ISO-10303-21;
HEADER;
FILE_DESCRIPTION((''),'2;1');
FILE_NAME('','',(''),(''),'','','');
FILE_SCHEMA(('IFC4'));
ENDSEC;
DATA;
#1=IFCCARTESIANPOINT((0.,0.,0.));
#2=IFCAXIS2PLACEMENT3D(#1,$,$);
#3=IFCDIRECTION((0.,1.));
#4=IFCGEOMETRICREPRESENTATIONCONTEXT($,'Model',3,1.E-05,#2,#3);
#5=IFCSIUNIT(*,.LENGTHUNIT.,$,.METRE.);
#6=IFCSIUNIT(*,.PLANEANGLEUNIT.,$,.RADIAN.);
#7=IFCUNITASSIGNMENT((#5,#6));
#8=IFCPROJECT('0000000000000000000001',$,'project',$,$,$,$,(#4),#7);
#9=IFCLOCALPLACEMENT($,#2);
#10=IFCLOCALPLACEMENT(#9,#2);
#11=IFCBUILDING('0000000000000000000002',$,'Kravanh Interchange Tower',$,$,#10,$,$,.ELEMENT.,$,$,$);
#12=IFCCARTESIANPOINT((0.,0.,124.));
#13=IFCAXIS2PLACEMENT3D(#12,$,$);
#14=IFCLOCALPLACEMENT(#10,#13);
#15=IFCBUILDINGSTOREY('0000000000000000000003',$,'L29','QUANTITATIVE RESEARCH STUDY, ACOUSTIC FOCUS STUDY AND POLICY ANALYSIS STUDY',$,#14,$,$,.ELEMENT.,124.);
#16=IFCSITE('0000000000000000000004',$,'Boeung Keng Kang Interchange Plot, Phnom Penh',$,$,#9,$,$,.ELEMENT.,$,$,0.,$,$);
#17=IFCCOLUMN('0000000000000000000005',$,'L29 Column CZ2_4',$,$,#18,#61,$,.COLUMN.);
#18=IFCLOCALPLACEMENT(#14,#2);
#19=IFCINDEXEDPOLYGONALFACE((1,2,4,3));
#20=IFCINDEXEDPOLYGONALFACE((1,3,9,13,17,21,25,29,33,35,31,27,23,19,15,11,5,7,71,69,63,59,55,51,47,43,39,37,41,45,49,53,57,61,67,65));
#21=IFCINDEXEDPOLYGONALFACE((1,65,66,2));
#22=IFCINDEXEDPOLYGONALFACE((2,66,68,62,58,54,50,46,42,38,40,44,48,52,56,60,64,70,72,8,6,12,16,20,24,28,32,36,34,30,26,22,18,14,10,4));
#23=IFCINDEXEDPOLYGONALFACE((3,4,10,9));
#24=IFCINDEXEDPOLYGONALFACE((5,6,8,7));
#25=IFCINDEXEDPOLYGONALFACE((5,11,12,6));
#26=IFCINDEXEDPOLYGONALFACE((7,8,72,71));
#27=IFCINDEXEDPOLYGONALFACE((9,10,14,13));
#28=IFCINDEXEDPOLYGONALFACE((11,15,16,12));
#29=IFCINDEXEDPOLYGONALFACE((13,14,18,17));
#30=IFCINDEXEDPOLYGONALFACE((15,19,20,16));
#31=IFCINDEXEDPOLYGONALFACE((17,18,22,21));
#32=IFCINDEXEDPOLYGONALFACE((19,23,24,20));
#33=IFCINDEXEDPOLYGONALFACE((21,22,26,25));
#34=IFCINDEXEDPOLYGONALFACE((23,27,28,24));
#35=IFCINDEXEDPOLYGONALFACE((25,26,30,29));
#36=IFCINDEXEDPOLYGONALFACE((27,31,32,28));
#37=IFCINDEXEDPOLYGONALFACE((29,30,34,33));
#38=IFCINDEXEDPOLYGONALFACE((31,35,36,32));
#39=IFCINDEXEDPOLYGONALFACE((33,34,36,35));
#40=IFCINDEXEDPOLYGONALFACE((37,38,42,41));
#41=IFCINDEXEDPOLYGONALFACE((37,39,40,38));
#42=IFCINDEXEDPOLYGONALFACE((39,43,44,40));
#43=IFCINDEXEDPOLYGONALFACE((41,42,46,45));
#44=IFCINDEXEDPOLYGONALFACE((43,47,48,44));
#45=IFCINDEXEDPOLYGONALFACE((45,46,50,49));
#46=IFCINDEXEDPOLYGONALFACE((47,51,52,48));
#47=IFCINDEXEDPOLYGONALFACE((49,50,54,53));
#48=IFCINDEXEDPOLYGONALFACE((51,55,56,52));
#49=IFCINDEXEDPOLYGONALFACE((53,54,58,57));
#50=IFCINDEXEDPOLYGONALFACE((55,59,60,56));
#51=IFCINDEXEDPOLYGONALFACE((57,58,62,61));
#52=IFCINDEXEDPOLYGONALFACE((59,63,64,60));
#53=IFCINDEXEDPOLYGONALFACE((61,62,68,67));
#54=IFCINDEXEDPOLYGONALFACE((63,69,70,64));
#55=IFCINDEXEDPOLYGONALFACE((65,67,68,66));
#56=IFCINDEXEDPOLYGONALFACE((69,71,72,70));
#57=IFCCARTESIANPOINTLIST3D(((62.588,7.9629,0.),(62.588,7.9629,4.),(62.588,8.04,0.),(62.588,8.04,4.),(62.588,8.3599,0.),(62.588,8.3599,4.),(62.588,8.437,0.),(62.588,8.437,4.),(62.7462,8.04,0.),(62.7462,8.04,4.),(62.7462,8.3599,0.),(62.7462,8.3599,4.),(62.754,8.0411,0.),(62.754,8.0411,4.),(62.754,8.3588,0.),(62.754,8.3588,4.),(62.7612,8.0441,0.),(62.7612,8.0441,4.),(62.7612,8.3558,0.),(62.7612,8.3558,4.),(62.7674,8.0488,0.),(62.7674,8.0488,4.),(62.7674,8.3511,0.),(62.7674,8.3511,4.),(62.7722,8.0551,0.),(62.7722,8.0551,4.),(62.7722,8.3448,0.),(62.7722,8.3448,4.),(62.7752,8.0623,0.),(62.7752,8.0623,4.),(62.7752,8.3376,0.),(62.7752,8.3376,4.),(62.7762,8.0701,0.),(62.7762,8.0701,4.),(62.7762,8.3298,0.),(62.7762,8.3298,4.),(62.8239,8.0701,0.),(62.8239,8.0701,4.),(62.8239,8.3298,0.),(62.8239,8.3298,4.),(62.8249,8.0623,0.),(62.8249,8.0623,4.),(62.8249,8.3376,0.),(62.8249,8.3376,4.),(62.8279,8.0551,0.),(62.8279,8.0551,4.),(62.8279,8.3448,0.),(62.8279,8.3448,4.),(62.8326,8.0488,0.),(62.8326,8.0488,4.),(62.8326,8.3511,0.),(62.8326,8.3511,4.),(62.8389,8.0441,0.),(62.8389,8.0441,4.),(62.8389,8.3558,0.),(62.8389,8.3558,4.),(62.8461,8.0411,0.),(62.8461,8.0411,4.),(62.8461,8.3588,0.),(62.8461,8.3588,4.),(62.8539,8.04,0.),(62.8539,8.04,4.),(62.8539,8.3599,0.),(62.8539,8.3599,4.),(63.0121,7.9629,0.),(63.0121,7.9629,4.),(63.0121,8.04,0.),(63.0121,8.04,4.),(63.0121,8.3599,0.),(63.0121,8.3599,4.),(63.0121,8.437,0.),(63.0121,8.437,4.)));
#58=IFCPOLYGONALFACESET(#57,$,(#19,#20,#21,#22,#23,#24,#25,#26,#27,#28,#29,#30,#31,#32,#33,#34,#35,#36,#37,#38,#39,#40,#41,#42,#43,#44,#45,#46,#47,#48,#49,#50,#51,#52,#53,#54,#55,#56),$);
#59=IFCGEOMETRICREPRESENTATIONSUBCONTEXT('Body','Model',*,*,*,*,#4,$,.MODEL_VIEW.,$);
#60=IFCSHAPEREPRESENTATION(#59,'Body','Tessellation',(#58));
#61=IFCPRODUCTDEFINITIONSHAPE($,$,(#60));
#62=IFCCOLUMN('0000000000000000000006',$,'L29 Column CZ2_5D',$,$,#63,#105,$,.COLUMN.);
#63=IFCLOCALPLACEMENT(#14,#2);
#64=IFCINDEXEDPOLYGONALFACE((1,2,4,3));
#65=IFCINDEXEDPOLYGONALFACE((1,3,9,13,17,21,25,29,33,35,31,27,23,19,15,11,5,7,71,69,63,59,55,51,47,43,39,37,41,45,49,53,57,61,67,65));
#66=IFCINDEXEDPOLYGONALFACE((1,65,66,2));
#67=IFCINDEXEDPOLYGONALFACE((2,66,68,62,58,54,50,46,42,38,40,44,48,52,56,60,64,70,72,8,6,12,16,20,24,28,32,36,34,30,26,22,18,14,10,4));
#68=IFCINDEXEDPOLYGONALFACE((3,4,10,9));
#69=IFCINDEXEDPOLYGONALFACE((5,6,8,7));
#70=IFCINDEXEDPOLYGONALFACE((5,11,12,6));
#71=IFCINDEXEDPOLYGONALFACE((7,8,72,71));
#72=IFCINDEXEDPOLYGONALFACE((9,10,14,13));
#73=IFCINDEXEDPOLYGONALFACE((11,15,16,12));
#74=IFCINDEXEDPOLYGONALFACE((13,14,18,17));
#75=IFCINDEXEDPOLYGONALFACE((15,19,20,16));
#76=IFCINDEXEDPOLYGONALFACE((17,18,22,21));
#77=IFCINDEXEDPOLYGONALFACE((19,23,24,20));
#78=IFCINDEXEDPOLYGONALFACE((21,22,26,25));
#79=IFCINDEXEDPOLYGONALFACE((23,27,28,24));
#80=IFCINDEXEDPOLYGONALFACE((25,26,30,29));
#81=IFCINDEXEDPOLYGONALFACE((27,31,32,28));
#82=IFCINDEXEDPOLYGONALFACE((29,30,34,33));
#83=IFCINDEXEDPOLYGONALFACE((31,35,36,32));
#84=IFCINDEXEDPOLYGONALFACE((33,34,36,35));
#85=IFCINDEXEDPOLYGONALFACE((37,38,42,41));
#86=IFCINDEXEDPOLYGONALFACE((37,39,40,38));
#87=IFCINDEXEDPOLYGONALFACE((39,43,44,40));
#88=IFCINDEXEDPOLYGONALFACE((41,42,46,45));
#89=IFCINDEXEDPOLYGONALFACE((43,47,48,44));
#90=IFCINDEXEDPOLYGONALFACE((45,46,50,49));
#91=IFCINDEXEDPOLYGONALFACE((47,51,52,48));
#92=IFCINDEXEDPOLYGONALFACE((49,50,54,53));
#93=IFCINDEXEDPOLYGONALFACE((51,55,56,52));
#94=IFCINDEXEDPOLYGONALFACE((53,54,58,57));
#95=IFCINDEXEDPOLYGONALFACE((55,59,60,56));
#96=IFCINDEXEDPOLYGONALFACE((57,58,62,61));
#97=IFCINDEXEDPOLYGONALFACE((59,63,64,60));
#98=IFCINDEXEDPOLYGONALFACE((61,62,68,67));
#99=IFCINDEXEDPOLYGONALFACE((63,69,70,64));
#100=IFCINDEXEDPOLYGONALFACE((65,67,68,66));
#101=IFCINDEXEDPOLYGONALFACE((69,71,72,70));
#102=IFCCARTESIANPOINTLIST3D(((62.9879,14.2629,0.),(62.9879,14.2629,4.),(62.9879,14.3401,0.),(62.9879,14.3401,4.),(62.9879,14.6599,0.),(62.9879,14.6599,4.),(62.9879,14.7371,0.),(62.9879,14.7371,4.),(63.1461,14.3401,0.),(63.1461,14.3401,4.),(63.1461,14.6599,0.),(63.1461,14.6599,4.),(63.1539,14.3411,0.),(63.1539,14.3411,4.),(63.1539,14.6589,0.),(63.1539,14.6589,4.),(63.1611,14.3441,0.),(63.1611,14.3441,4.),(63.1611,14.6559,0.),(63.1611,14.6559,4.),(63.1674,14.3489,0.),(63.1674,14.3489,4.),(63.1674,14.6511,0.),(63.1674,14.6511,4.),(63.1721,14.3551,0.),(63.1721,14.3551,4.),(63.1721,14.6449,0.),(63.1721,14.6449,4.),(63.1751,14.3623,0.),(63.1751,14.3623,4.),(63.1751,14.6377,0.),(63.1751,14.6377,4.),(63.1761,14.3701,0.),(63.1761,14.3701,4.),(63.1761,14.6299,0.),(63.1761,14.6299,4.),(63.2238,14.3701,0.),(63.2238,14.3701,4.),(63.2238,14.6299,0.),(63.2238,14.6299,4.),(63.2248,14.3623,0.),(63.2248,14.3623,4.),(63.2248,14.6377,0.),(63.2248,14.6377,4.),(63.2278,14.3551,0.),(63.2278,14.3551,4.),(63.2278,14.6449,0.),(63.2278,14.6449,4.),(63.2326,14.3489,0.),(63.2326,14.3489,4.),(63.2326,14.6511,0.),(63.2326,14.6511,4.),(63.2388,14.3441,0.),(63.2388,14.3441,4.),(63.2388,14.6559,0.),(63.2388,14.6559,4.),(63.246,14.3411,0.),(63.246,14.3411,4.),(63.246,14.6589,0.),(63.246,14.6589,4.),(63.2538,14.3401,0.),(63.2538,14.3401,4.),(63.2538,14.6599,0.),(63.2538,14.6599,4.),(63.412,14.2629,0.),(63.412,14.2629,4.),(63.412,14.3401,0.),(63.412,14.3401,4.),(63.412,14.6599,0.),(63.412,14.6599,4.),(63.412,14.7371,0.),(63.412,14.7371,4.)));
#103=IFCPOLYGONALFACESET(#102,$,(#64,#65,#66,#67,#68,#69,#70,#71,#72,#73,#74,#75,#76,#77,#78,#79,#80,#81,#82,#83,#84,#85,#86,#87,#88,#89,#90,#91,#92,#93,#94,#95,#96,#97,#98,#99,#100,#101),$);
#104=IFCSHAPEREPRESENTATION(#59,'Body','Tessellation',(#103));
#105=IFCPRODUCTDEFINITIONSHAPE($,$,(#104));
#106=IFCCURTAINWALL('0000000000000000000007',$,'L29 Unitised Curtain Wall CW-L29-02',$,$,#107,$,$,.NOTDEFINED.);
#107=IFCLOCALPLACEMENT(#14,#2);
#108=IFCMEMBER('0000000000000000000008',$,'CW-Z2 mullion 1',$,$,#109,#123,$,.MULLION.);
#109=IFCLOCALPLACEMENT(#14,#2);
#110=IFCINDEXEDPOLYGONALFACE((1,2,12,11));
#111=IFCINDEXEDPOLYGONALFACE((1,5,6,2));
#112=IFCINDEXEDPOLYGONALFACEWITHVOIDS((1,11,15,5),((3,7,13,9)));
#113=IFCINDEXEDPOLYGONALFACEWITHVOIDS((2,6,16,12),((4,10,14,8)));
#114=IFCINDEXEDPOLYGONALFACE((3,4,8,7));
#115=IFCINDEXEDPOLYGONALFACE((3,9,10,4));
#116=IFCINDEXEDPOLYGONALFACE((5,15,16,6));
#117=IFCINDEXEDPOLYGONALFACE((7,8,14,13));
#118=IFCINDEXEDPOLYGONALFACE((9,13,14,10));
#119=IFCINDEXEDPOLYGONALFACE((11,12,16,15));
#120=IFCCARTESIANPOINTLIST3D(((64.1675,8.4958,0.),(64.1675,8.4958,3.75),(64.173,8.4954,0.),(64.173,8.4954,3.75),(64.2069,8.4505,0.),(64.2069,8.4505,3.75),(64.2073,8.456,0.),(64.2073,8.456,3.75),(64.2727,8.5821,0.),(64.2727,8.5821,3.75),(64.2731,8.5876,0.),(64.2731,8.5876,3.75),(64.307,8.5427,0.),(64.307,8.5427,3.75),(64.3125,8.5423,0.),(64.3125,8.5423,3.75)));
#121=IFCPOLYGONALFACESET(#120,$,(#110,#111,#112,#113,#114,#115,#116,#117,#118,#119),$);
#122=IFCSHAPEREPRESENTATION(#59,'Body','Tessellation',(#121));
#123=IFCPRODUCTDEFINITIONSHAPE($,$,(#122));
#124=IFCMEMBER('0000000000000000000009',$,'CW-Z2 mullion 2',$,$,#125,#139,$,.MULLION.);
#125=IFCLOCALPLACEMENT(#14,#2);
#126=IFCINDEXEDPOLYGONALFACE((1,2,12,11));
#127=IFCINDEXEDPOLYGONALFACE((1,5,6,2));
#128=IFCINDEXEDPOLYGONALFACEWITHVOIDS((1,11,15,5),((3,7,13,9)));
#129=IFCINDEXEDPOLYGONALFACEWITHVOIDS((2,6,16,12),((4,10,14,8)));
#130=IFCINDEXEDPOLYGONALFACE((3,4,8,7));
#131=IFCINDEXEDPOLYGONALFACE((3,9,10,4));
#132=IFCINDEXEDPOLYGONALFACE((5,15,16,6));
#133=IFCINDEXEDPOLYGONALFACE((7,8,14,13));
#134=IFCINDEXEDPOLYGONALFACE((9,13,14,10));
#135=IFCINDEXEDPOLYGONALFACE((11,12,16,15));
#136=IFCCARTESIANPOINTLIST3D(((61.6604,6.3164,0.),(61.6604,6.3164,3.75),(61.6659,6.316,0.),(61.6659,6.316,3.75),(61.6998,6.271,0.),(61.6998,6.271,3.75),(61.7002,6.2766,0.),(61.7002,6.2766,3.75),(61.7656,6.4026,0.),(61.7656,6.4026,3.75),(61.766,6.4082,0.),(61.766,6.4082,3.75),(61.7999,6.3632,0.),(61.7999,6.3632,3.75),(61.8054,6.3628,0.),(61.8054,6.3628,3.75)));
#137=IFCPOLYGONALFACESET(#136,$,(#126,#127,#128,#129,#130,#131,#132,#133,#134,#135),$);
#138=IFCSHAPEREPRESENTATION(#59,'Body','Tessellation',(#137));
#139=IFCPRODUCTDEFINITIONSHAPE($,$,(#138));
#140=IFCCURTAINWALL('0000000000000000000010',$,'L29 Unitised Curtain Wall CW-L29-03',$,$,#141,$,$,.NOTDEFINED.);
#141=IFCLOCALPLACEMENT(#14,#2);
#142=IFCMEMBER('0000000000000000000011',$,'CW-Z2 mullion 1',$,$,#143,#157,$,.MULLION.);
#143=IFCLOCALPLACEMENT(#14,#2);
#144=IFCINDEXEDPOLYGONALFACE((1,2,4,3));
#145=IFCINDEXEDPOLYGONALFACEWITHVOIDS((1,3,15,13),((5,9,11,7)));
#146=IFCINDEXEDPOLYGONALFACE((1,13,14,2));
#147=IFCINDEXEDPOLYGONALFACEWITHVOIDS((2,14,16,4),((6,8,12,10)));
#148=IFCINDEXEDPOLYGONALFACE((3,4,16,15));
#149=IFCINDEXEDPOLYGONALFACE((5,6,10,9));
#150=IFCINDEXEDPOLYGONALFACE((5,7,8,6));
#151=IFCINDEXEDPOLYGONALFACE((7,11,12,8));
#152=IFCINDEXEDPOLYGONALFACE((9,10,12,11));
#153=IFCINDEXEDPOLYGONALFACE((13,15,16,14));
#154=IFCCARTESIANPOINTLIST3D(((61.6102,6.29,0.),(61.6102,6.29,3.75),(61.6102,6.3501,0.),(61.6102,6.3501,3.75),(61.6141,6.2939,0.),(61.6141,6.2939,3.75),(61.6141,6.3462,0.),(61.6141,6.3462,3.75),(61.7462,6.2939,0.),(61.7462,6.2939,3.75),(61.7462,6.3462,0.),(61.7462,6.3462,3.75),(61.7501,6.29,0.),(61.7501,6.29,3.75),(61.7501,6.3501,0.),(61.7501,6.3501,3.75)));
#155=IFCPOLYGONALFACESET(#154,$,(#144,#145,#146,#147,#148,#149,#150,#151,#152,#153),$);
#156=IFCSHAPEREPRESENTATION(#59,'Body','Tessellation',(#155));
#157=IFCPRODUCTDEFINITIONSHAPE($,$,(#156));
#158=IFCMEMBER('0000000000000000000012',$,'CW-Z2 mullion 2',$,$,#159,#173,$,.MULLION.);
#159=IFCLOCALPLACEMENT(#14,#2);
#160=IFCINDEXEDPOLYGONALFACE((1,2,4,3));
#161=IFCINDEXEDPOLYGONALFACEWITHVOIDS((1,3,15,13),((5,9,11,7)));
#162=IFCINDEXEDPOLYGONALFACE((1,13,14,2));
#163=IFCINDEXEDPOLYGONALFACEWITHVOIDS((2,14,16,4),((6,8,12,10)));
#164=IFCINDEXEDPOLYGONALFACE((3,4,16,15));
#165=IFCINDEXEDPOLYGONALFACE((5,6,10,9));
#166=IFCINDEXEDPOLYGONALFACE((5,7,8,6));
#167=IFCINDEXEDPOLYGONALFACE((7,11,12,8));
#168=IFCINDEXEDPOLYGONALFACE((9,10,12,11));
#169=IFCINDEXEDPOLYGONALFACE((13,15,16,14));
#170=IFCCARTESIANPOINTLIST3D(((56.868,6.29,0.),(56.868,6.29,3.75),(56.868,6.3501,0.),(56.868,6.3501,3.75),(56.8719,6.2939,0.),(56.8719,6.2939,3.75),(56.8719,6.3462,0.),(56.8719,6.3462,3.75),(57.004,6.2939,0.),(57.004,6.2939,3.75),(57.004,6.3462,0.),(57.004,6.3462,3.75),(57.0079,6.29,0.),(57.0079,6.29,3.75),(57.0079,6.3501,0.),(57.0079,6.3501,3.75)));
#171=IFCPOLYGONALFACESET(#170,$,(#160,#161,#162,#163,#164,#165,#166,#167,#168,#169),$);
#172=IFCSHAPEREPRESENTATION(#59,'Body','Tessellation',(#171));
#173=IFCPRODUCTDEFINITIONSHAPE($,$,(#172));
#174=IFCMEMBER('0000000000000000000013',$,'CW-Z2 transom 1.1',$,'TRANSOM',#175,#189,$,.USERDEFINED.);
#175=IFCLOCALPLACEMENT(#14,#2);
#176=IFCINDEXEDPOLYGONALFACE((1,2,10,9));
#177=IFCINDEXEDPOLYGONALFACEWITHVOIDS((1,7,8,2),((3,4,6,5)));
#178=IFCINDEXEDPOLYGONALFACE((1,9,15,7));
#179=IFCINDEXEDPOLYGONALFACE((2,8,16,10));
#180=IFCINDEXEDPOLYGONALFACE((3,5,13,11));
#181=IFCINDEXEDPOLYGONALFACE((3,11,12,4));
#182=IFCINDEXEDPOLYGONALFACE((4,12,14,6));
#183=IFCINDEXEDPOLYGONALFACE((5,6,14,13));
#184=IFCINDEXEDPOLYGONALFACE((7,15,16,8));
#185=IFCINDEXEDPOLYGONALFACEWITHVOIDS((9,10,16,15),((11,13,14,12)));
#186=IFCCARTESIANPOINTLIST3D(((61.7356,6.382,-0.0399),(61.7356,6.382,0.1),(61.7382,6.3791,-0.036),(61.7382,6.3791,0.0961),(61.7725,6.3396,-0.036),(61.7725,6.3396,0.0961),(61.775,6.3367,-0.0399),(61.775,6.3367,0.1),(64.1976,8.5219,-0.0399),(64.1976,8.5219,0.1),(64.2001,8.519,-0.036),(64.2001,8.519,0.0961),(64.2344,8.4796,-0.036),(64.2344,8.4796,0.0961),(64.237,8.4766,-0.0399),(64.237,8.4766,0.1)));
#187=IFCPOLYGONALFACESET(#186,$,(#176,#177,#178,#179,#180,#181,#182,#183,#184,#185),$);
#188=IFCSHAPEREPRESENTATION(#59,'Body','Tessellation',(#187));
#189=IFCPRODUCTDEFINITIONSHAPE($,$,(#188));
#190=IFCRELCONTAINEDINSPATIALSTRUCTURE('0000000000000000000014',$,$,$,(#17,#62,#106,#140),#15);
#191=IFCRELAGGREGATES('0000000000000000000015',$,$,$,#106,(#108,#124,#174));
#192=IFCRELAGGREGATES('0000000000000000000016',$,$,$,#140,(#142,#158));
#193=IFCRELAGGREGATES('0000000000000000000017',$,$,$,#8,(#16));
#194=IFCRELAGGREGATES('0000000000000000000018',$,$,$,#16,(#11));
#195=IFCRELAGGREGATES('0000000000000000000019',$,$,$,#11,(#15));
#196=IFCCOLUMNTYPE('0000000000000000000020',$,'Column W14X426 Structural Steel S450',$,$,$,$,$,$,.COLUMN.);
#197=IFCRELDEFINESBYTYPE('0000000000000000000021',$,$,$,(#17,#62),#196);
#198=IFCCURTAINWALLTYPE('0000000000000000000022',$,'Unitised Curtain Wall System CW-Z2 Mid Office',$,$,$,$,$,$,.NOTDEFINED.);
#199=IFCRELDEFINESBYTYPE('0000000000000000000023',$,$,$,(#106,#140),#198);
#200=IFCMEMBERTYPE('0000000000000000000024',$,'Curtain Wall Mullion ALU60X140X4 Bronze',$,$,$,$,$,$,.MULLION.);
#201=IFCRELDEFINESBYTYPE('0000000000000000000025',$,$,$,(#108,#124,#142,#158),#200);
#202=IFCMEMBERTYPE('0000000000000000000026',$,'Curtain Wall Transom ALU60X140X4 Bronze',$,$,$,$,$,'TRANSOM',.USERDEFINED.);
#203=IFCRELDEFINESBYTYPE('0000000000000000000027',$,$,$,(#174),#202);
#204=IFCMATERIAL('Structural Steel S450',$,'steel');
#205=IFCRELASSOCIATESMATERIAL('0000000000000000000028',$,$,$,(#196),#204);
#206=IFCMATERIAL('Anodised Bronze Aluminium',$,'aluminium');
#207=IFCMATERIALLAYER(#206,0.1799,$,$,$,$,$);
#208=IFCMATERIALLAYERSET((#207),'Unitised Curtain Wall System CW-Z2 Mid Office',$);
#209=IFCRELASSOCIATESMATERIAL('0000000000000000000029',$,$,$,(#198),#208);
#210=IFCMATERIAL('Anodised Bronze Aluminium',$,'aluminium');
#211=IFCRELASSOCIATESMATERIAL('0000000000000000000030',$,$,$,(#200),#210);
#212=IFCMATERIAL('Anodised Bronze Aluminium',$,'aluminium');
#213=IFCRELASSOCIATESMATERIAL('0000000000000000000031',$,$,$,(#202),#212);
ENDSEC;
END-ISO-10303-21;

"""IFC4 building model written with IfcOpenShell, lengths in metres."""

from ifc_helpers import new_model, si_unit, direction, frame, origin, origin_2d, place, context, subcontext, project, spatial, hollow_rectangle, i_section, extrude, material, layer, layer_set, material_profile, profile_set, type_object, element, aggregate, save


model = new_model("IFC4")

# Units and contexts
model_context = context("Model", 3, precision=1e-05, world=origin(), true_north=direction((0.0, 1.0)))
body_context = subcontext(model_context, "Body", "Model", "MODEL_VIEW")
ifc_project = project(units=[si_unit("LENGTHUNIT", "METRE"), si_unit("PLANEANGLEUNIT", "RADIAN")], contexts=[model_context])

# Site, building, storey
site_placement = place(None, origin())
site = spatial("IfcSite", under=ifc_project, at=site_placement, Name="Boeung Keng Kang Interchange Plot, Phnom Penh", CompositionType="ELEMENT", RefElevation=0.0)
building_placement = place(site_placement, origin())
building = spatial("IfcBuilding", under=site, at=building_placement, Name="Kravanh Interchange Tower", CompositionType="ELEMENT")
storey_placement = place(building_placement, frame((0.0, 0.0, 124.0)))
storey = spatial("IfcBuildingStorey", under=building, at=storey_placement, Name="L29", Description="QUANTITATIVE RESEARCH STUDY, ACOUSTIC FOCUS STUDY AND POLICY ANALYSIS STUDY", CompositionType="ELEMENT", Elevation=124.0)

# Columns
ifc_material_1 = material(Name="Structural Steel S450", Category="steel")
ifc_material_profile_1 = material_profile(ifc_material_1, i_section(OverallWidth=0.4241, OverallDepth=0.4741, WebThickness=0.0476, FlangeThickness=0.0771, FilletRadius=0.03, at=origin_2d()), Name="W14X426")
ifc_profile_set_1 = profile_set([ifc_material_profile_1], Name="Structural Steel S450")
column_type = type_object("IfcColumnType", Name="Column W14X426 Structural Steel S450", PredefinedType="COLUMN", material=ifc_profile_set_1)
for number, where, z_axis, x_axis, name in (
    (1, (62.8, 8.2, 0.0), (0.0, 0.0, 1.0), (1.0, 0.0, 0.0), "L29 Column CZ2_4"),
    (2, (63.2, 14.5, 0.0), (0.0, 0.0, 1.0), (1.0, 0.0, 0.0), "L29 Column CZ2_5D"),
):
    element("IfcColumn", number, at=place(storey_placement, frame(where, z_axis=z_axis, x_axis=x_axis)), inside=storey, type_object=column_type, Name=name, PredefinedType="COLUMN", context=body_context, shape_type="SweptSolid", body=[
        extrude(i_section(OverallWidth=0.4241, OverallDepth=0.4741, WebThickness=0.0476, FlangeThickness=0.0771, FilletRadius=0.03, at=origin_2d()), origin(), (0.0, 0.0, 1.0), 4.0),
    ])

# Curtain walls, members
ifc_material_2 = material(Name="Anodised Bronze Aluminium", Category="aluminium")
ifc_layer_1 = layer(ifc_material_2, 0.1799)
ifc_layer_set_1 = layer_set([ifc_layer_1], Name="Unitised Curtain Wall System CW-Z2 Mid Office")
curtain_wall_type = type_object("IfcCurtainWallType", Name="Unitised Curtain Wall System CW-Z2 Mid Office", PredefinedType="NOTDEFINED", material=ifc_layer_set_1)
curtain_wall_1_placement = place(storey_placement, origin())
curtain_wall_1 = element("IfcCurtainWall", 3, at=curtain_wall_1_placement, inside=storey, type_object=curtain_wall_type, Name="L29 Unitised Curtain Wall CW-L29-02", PredefinedType="NOTDEFINED")
ifc_material_3 = material(Name="Anodised Bronze Aluminium", Category="aluminium")
ifc_material_profile_2 = material_profile(ifc_material_3, hollow_rectangle(XDim=0.0601, YDim=0.1399, WallThickness=0.0039, at=origin_2d()), Name="ALU60X140X4")
ifc_profile_set_2 = profile_set([ifc_material_profile_2], Name="Anodised Bronze Aluminium")
member_type_1 = type_object("IfcMemberType", Name="Curtain Wall Mullion ALU60X140X4 Bronze", PredefinedType="MULLION", material=ifc_profile_set_2)
member_1_placement = place(storey_placement, frame((64.24, 8.519, 0.0), z_axis=(0.0, 0.0, 1.0), x_axis=(0.656048, -0.754719, 0.0)))
member_1 = element("IfcMember", 4, at=member_1_placement, type_object=member_type_1, Name="CW-Z2 mullion 1", PredefinedType="MULLION", context=body_context, shape_type="SweptSolid", body=[
    extrude(hollow_rectangle(XDim=0.0601, YDim=0.1399, WallThickness=0.0039, at=origin_2d()), origin(), (0.0, 0.0, 1.0), 3.75),
])
member_2_placement = place(storey_placement, frame((61.7329, 6.3396, 0.0), z_axis=(0.0, 0.0, 1.0), x_axis=(0.656048, -0.754719, 0.0)))
member_2 = element("IfcMember", 5, at=member_2_placement, type_object=member_type_1, Name="CW-Z2 mullion 2", PredefinedType="MULLION", context=body_context, shape_type="SweptSolid", body=[
    extrude(hollow_rectangle(XDim=0.0601, YDim=0.1399, WallThickness=0.0039, at=origin_2d()), origin(), (0.0, 0.0, 1.0), 3.75),
])
curtain_wall_2_placement = place(storey_placement, origin())
curtain_wall_2 = element("IfcCurtainWall", 6, at=curtain_wall_2_placement, inside=storey, type_object=curtain_wall_type, Name="L29 Unitised Curtain Wall CW-L29-03", PredefinedType="NOTDEFINED")
member_3_placement = place(storey_placement, frame((61.6802, 6.3201, 0.0), z_axis=(0.0, 0.0, 1.0), x_axis=(0.0, -1.0, 0.0)))
member_3 = element("IfcMember", 7, at=member_3_placement, type_object=member_type_1, Name="CW-Z2 mullion 1", PredefinedType="MULLION", context=body_context, shape_type="SweptSolid", body=[
    extrude(hollow_rectangle(XDim=0.0601, YDim=0.1399, WallThickness=0.0039, at=origin_2d()), origin(), (0.0, 0.0, 1.0), 3.75),
])
member_4_placement = place(storey_placement, frame((56.938, 6.3201, 0.0), z_axis=(0.0, 0.0, 1.0), x_axis=(0.0, -1.0, 0.0)))
member_4 = element("IfcMember", 8, at=member_4_placement, type_object=member_type_1, Name="CW-Z2 mullion 2", PredefinedType="MULLION", context=body_context, shape_type="SweptSolid", body=[
    extrude(hollow_rectangle(XDim=0.0601, YDim=0.1399, WallThickness=0.0039, at=origin_2d()), origin(), (0.0, 0.0, 1.0), 3.75),
])

# Member
ifc_material_4 = material(Name="Anodised Bronze Aluminium", Category="aluminium")
ifc_material_profile_3 = material_profile(ifc_material_4, hollow_rectangle(XDim=0.0601, YDim=0.1399, WallThickness=0.0039, at=origin_2d()), Name="ALU60X140X4")
ifc_profile_set_3 = profile_set([ifc_material_profile_3], Name="Anodised Bronze Aluminium")
member_type_2 = type_object("IfcMemberType", Name="Curtain Wall Transom ALU60X140X4 Bronze", ElementType="TRANSOM", PredefinedType="USERDEFINED", material=ifc_profile_set_3)
member_5_placement = place(storey_placement, frame((64.2173, 8.4993, 0.03), z_axis=(-0.754742, -0.656021, 0.0), x_axis=(0.656021, -0.754742, 0.0)))
member_5 = element("IfcMember", 9, at=member_5_placement, type_object=member_type_2, Name="CW-Z2 transom 1.1", ObjectType="TRANSOM", PredefinedType="USERDEFINED", context=body_context, shape_type="SweptSolid", body=[
    extrude(hollow_rectangle(XDim=0.0601, YDim=0.1399, WallThickness=0.0039, at=origin_2d()), origin(), (0.0, 0.0, 1.0), 3.262),
])

aggregate(curtain_wall_1, [member_1, member_2, member_5])
aggregate(curtain_wall_2, [member_3, member_4])

save(model, "model.ifc")
